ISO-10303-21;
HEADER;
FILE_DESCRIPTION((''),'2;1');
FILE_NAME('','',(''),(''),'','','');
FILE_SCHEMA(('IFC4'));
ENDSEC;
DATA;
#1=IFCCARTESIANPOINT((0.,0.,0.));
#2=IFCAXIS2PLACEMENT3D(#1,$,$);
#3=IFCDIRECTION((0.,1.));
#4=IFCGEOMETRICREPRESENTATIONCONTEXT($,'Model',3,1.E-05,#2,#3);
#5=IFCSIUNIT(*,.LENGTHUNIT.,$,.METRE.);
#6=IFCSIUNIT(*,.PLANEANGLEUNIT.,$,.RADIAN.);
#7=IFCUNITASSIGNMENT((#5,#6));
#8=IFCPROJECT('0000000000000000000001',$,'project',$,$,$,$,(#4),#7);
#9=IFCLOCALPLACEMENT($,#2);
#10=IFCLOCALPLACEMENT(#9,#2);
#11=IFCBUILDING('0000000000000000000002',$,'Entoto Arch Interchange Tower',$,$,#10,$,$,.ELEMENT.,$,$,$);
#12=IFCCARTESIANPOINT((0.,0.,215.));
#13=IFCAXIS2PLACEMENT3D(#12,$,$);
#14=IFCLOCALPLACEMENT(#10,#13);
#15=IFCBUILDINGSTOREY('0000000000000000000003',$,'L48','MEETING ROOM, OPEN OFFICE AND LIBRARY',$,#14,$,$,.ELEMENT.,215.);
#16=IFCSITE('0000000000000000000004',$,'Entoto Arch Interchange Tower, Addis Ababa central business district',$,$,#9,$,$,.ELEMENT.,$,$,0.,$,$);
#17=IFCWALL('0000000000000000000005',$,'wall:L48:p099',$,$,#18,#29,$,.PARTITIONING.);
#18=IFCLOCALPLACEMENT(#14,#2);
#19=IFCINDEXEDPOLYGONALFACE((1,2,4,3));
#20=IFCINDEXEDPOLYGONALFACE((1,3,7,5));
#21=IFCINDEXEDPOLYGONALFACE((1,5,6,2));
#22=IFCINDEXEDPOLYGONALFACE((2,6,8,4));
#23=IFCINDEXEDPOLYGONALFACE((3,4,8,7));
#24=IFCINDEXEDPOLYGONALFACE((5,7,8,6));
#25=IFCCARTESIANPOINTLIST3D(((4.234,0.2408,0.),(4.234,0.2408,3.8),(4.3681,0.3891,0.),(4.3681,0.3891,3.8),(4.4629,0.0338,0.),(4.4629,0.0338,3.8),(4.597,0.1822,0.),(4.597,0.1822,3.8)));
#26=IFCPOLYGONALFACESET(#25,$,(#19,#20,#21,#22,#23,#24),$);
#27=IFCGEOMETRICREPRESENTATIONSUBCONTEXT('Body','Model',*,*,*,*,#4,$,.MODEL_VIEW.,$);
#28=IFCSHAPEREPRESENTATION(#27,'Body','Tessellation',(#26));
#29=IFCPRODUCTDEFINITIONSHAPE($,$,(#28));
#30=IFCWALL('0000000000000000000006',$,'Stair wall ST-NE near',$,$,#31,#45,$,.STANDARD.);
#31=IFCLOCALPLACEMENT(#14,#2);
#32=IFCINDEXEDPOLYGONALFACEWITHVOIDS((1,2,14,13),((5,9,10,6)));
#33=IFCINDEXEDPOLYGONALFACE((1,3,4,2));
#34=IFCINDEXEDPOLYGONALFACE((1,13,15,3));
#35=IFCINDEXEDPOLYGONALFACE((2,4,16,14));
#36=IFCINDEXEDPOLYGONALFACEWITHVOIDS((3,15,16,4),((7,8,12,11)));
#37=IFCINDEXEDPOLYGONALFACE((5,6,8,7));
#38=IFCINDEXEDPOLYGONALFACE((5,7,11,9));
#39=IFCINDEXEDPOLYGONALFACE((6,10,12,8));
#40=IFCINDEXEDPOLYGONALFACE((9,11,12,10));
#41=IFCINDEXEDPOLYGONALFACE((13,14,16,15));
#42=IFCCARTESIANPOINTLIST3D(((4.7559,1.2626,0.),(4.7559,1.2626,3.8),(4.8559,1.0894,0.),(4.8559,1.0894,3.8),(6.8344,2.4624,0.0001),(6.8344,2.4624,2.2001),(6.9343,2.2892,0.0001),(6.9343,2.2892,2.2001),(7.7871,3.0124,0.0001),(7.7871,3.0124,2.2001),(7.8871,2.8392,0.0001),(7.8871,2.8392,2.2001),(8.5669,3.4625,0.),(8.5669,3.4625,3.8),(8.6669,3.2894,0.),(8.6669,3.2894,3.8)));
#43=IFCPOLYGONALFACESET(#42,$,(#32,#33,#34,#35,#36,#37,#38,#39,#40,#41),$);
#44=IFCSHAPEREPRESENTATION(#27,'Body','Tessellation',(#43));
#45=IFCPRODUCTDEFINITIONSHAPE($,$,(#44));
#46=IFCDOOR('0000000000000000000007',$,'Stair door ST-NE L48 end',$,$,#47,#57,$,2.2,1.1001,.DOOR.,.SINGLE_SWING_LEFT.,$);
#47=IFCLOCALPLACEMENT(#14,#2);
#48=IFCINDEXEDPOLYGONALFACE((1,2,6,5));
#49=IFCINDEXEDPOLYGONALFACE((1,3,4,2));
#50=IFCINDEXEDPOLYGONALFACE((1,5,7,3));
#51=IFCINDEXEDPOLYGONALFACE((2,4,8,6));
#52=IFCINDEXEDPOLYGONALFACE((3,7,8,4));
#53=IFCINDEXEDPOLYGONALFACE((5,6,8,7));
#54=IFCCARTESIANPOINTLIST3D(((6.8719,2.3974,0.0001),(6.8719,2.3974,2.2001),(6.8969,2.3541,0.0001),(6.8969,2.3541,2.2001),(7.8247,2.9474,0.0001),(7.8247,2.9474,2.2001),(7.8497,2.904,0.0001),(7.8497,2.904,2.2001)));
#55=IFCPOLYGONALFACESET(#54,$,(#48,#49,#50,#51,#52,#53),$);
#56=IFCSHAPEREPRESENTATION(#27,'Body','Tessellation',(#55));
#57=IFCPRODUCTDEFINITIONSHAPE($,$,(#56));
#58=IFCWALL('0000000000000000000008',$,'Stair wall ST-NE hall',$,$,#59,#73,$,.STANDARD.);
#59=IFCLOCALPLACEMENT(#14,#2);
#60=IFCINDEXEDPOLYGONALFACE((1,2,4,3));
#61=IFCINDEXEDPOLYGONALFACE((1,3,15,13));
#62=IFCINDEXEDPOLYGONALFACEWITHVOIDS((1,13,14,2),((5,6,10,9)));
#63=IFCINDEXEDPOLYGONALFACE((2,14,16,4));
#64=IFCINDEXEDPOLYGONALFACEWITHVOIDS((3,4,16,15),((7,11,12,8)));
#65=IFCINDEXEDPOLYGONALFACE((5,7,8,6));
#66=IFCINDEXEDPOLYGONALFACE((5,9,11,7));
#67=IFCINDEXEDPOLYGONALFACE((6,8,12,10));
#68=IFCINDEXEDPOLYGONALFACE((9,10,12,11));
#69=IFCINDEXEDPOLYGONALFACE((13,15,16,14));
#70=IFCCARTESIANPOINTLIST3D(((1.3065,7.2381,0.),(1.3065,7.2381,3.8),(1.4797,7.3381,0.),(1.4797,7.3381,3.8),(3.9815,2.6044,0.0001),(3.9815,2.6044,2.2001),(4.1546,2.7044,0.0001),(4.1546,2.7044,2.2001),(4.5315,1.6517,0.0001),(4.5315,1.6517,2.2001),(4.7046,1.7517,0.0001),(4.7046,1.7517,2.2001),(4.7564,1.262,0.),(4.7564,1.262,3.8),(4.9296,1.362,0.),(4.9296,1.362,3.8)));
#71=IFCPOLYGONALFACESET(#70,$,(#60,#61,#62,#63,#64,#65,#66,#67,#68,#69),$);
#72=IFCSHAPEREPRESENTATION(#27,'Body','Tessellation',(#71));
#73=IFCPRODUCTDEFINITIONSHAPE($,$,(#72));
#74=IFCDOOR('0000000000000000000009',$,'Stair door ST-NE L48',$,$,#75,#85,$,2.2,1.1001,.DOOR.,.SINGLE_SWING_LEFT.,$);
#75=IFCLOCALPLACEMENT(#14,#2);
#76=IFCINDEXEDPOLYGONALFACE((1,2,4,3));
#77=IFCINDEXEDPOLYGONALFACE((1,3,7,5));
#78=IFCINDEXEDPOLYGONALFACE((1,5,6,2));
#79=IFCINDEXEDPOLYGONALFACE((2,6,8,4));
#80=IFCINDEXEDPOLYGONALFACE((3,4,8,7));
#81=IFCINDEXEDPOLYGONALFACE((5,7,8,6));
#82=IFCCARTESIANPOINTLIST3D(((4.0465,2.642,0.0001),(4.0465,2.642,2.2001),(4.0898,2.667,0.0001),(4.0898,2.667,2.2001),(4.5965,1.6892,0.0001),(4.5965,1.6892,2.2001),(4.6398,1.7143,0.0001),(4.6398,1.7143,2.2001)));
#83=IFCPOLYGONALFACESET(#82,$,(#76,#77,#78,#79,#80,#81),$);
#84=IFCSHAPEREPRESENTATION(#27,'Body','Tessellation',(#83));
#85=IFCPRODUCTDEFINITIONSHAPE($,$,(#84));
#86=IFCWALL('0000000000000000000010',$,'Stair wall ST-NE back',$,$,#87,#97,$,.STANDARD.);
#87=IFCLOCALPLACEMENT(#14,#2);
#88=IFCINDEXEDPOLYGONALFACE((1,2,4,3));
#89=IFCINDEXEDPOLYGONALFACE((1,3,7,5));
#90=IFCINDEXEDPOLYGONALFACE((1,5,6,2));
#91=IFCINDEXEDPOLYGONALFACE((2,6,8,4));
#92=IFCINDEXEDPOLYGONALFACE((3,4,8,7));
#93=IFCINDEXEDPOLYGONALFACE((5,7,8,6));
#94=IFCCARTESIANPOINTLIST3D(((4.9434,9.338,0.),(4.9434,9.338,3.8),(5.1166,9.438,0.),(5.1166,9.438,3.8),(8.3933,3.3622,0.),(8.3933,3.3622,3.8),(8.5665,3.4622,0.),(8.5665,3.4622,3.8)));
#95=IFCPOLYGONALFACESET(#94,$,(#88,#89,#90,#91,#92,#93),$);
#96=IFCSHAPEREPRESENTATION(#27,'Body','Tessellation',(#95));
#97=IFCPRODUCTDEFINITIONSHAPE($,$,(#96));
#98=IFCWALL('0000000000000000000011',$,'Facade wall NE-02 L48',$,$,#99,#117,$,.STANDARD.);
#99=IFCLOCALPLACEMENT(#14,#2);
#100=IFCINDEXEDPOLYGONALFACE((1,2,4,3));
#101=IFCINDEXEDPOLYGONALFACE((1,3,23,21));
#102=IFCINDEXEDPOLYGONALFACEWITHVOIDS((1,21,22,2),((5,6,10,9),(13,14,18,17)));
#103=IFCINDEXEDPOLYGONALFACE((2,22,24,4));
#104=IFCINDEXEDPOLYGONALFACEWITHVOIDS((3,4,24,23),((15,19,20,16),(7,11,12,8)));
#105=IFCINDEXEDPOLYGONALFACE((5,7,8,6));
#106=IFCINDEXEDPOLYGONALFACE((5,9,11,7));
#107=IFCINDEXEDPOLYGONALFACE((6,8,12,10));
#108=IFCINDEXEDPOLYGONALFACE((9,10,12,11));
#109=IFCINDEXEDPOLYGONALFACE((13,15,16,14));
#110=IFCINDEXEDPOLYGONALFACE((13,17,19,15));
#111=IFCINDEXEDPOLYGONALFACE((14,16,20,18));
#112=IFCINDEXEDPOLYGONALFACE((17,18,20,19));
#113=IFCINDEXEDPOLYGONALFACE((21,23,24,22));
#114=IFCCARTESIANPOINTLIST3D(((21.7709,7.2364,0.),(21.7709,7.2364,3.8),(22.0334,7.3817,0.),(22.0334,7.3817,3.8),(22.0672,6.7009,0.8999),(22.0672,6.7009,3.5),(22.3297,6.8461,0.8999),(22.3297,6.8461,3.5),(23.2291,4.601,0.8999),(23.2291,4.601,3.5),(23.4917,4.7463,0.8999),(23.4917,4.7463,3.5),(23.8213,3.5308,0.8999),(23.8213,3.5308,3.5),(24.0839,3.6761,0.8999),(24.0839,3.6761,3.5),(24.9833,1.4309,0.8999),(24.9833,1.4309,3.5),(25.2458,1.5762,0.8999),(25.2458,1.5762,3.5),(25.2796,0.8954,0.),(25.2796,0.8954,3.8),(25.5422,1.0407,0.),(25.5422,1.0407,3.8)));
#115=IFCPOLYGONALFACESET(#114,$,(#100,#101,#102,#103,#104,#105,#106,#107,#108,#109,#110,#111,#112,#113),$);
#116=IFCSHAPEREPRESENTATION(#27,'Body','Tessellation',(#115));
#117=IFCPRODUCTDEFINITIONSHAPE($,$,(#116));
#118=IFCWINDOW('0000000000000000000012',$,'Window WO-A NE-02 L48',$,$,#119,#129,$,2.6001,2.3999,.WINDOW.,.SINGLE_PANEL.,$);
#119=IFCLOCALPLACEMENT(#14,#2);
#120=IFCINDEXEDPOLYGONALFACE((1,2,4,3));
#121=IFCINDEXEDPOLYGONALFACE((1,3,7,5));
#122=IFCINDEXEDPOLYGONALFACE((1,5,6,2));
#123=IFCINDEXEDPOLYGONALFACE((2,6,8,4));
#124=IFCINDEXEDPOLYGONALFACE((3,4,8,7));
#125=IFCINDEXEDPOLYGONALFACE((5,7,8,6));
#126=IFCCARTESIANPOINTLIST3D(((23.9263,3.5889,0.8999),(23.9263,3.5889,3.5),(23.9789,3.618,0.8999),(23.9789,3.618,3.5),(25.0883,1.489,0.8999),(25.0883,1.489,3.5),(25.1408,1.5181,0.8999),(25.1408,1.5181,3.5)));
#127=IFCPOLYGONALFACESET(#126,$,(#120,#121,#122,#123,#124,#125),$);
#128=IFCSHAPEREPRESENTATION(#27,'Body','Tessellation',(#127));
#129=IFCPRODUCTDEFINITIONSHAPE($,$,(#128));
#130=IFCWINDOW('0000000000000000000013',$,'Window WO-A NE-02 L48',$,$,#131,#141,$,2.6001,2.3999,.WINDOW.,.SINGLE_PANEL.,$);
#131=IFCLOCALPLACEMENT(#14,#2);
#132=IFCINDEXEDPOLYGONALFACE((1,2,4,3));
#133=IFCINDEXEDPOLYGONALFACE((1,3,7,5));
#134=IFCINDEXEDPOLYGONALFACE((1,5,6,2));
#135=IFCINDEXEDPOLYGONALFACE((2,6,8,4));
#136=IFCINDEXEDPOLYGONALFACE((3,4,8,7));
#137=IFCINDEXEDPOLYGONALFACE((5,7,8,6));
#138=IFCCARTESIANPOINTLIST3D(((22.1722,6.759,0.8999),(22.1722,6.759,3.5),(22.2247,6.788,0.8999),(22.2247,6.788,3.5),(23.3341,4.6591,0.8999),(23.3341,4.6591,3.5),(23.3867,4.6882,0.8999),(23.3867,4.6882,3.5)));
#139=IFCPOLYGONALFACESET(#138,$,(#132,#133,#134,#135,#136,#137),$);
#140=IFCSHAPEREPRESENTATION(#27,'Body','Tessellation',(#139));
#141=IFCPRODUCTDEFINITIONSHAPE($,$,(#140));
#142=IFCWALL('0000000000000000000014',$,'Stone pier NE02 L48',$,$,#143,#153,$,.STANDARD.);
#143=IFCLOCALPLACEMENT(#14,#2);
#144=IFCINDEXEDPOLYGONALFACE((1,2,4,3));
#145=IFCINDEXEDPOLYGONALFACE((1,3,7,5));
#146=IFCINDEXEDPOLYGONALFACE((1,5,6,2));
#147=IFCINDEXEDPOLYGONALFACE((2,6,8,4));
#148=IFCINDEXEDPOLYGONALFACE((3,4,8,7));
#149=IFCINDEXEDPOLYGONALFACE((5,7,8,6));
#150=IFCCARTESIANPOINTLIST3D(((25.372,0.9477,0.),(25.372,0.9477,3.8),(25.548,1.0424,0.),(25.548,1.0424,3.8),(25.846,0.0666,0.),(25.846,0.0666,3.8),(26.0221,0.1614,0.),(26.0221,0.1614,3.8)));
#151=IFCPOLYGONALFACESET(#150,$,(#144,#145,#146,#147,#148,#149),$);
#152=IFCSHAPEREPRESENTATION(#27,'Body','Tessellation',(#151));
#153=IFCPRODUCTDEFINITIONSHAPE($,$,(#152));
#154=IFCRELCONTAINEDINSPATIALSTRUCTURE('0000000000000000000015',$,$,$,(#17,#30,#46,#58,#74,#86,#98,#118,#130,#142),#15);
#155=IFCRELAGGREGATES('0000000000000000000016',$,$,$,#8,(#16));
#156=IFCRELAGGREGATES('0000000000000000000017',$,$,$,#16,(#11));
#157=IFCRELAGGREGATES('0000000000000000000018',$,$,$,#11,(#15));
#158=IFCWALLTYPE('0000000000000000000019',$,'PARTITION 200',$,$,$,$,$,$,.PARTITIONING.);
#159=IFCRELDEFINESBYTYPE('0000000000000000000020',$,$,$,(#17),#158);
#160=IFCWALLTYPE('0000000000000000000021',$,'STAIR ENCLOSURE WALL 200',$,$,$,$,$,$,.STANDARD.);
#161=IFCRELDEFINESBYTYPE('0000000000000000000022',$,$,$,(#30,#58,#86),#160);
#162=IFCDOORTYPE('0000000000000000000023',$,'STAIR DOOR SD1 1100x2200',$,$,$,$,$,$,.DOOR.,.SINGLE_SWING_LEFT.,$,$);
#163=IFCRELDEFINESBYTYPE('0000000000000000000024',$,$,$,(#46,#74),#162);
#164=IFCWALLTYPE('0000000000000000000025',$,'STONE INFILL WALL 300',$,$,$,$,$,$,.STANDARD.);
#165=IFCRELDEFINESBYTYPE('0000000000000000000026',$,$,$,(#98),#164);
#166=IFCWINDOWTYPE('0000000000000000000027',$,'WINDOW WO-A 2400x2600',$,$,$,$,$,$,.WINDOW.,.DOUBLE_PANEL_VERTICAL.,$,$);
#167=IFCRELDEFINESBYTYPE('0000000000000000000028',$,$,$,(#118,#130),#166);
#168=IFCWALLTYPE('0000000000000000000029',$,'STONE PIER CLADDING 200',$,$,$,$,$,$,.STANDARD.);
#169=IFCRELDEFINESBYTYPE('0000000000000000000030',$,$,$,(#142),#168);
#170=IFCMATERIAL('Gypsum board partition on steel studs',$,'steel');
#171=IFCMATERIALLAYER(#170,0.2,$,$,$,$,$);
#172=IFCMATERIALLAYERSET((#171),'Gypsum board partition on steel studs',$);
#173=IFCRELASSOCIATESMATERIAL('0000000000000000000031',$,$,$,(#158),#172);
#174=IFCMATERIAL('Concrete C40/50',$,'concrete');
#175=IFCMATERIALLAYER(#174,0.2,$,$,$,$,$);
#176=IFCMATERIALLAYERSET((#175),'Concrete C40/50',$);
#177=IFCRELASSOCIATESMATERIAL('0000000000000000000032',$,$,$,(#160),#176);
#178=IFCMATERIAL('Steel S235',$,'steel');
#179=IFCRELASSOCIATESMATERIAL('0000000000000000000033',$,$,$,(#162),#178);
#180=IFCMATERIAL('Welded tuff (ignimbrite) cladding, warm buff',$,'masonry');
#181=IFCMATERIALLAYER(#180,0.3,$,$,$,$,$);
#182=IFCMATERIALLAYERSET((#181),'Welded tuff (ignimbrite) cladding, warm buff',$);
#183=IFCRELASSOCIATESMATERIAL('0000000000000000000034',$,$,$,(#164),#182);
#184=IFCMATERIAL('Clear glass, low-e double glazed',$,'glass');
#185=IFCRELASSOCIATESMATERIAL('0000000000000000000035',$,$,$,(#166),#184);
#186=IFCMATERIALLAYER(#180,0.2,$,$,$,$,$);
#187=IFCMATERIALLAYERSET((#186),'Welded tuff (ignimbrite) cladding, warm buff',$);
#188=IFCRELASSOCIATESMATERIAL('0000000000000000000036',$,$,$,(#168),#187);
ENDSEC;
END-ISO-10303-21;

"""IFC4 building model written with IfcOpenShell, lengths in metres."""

from ifc_helpers import new_model, si_unit, direction, frame, frame_2d, origin, place, context, subcontext, project, spatial, rectangle, extrude, material, layer, layer_set, type_object, element, fill, save


model = new_model("IFC4")

# Units and contexts
model_context = context("Model", 3, precision=1e-05, world=origin(), true_north=direction((0.0, 1.0)))
body_context = subcontext(model_context, "Body", "Model", "MODEL_VIEW")
ifc_project = project(units=[si_unit("LENGTHUNIT", "METRE"), si_unit("PLANEANGLEUNIT", "RADIAN")], contexts=[model_context])

# Site, building, storey
site_placement = place(None, origin())
site = spatial("IfcSite", under=ifc_project, at=site_placement, Name="Entoto Arch Interchange Tower, Addis Ababa central business district", CompositionType="ELEMENT", RefElevation=0.0)
building_placement = place(site_placement, origin())
building = spatial("IfcBuilding", under=site, at=building_placement, Name="Entoto Arch Interchange Tower", CompositionType="ELEMENT")
storey_placement = place(building_placement, frame((0.0, 0.0, 215.0)))
storey = spatial("IfcBuildingStorey", under=building, at=storey_placement, Name="L48", Description="MEETING ROOM, OPEN OFFICE AND LIBRARY", CompositionType="ELEMENT", Elevation=215.0)

# Shared definitions
ifc_material_1 = material(Name="Concrete C40/50", Category="concrete")
ifc_material_2 = material(Name="Gypsum board partition on steel studs", Category="steel")

# Shared definitions
ifc_layer_1 = layer(ifc_material_2, 0.2)
ifc_layer_set_1 = layer_set([ifc_layer_1], Name="Gypsum board partition on steel studs")
wall_type_1 = type_object("IfcWallType", Name="PARTITION 200", PredefinedType="PARTITIONING", material=ifc_layer_set_1)

# Wall
wall_1_placement = place(storey_placement, frame((4.301, 0.3149, 0.0), z_axis=(0.0, 0.0, 1.0), x_axis=(0.741798, -0.670623, 0.0)))
element("IfcWall", 1, at=wall_1_placement, inside=storey, type_object=wall_type_1, Name="wall:L48:p099", PredefinedType="PARTITIONING", context=body_context, shape_type="SweptSolid", body=[
    extrude(rectangle(XDim=0.3086, YDim=0.2, at=frame_2d((0.1543, 0.0))), origin(), (0.0, 0.0, 1.0), 3.8),
])

# Walls, openings, doors
ifc_layer_2 = layer(ifc_material_1, 0.2)
ifc_layer_set_2 = layer_set([ifc_layer_2], Name="Concrete C40/50")
wall_type_2 = type_object("IfcWallType", Name="STAIR ENCLOSURE WALL 200", PredefinedType="STANDARD", material=ifc_layer_set_2)
wall_2_placement = place(storey_placement, frame((4.8059, 1.176, 0.0), z_axis=(0.0, 0.0, 1.0), x_axis=(0.86606, 0.49994, 0.0)))
wall_2 = element("IfcWall", 2, at=wall_2_placement, inside=storey, type_object=wall_type_2, Name="Stair wall ST-NE near", PredefinedType="STANDARD", context=body_context, shape_type="SweptSolid", body=[
    extrude(rectangle(XDim=4.4004, YDim=0.2, at=frame_2d((2.2002, 0.0))), origin(), (0.0, 0.0, 1.0), 3.8),
])
opening_1_placement = place(wall_2_placement, frame((2.3999, 0.0, 0.0)))
opening_1 = element("IfcOpeningElement", 3, at=opening_1_placement, cuts=wall_2, PredefinedType="OPENING", context=body_context, shape_type="SweptSolid", body=[
    extrude(rectangle(XDim=1.1001, YDim=2.2, at=frame_2d((0.55, 1.1001))), frame((0.0, 0.1099, 0.0), z_axis=(0.0, -1.0, 0.0), x_axis=(1.0, 0.0, 0.0)), (0.0, 0.0, 1.0), 0.22),
])
ifc_material_3 = material(Name="Steel S235", Category="steel")
door_type_1 = type_object("IfcDoorType", Name="STAIR DOOR SD1 1100x2200", OperationType="SINGLE_SWING_LEFT", PredefinedType="DOOR", material=ifc_material_3)
door_1_placement = place(opening_1_placement, origin())
door_1 = element("IfcDoor", 4, at=door_1_placement, inside=storey, type_object=door_type_1, Name="Stair door ST-NE L48 end", OperationType="SINGLE_SWING_LEFT", OverallHeight=2.2, OverallWidth=1.1001, PredefinedType="DOOR", context=body_context, shape_type="SweptSolid", body=[
    extrude(rectangle(XDim=1.1001, YDim=2.2, at=frame_2d((0.55, 1.1001))), frame((0.0, 0.0249, 0.0), z_axis=(0.0, -1.0, 0.0), x_axis=(1.0, 0.0, 0.0)), (0.0, 0.0, 1.0), 0.05),
])
fill(opening_1, door_1)
wall_3_placement = place(storey_placement, frame((4.843, 1.312, 0.0), z_axis=(0.0, 0.0, 1.0), x_axis=(-0.499963, 0.866047, 0.0)))
wall_3 = element("IfcWall", 5, at=wall_3_placement, inside=storey, type_object=wall_type_2, Name="Stair wall ST-NE hall", PredefinedType="STANDARD", context=body_context, shape_type="SweptSolid", body=[
    extrude(rectangle(XDim=6.9004, YDim=0.2, at=frame_2d((3.4502, 0.0))), origin(), (0.0, 0.0, 1.0), 3.8),
])
opening_2_placement = place(wall_3_placement, frame((0.45, 0.0, 0.0)))
opening_2 = element("IfcOpeningElement", 6, at=opening_2_placement, cuts=wall_3, PredefinedType="OPENING", context=body_context, shape_type="SweptSolid", body=[
    extrude(rectangle(XDim=1.1001, YDim=2.2, at=frame_2d((0.55, 1.1001))), frame((0.0, 0.1099, 0.0), z_axis=(0.0, -1.0, 0.0), x_axis=(1.0, 0.0, 0.0)), (0.0, 0.0, 1.0), 0.22),
])
door_2_placement = place(opening_2_placement, origin())
door_2 = element("IfcDoor", 7, at=door_2_placement, inside=storey, type_object=door_type_1, Name="Stair door ST-NE L48", OperationType="SINGLE_SWING_LEFT", OverallHeight=2.2, OverallWidth=1.1001, PredefinedType="DOOR", context=body_context, shape_type="SweptSolid", body=[
    extrude(rectangle(XDim=1.1001, YDim=2.2, at=frame_2d((0.55, 1.1001))), frame((0.0, 0.0249, 0.0), z_axis=(0.0, -1.0, 0.0), x_axis=(1.0, 0.0, 0.0)), (0.0, 0.0, 1.0), 0.05),
])
fill(opening_2, door_2)

# Wall
wall_4_placement = place(storey_placement, frame((8.48, 3.4121, 0.0), z_axis=(0.0, 0.0, 1.0), x_axis=(-0.499979, 0.866038, 0.0)))
element("IfcWall", 8, at=wall_4_placement, inside=storey, type_object=wall_type_2, Name="Stair wall ST-NE back", PredefinedType="STANDARD", context=body_context, shape_type="SweptSolid", body=[
    extrude(rectangle(XDim=6.9001, YDim=0.2, at=frame_2d((3.4502, 0.0))), origin(), (0.0, 0.0, 1.0), 3.8),
])

# Wall, openings, windows
ifc_material_4 = material(Name="Welded tuff (ignimbrite) cladding, warm buff", Category="masonry")
ifc_layer_3 = layer(ifc_material_4, 0.3)
ifc_layer_set_3 = layer_set([ifc_layer_3], Name="Welded tuff (ignimbrite) cladding, warm buff")
wall_type_3 = type_object("IfcWallType", Name="STONE INFILL WALL 300", PredefinedType="STANDARD", material=ifc_layer_set_3)
wall_5_placement = place(storey_placement, frame((25.4109, 0.968, 0.0), z_axis=(0.0, 0.0, 1.0), x_axis=(-0.484163, 0.874978, 0.0)))
wall_5 = element("IfcWall", 9, at=wall_5_placement, inside=storey, type_object=wall_type_3, Name="Facade wall NE-02 L48", PredefinedType="STANDARD", context=body_context, shape_type="SweptSolid", body=[
    extrude(rectangle(XDim=7.2471, YDim=0.3, at=frame_2d((3.6235, 0.0))), origin(), (0.0, 0.0, 1.0), 3.8),
])
opening_3_placement = place(wall_5_placement, frame((0.6121, 0.0, 0.8999)))
opening_3 = element("IfcOpeningElement", 10, at=opening_3_placement, cuts=wall_5, PredefinedType="OPENING", context=body_context, shape_type="SweptSolid", body=[
    extrude(rectangle(XDim=2.3999, YDim=2.6001, at=frame_2d((1.2, 1.3))), frame((0.0, 0.1602, 0.0), z_axis=(0.0, -1.0, 0.0), x_axis=(1.0, 0.0, 0.0)), (0.0, 0.0, 1.0), 0.3201),
])
opening_4_placement = place(wall_5_placement, frame((4.2351, 0.0, 0.8999)))
opening_4 = element("IfcOpeningElement", 11, at=opening_4_placement, cuts=wall_5, PredefinedType="OPENING", context=body_context, shape_type="SweptSolid", body=[
    extrude(rectangle(XDim=2.3999, YDim=2.6001, at=frame_2d((1.2, 1.3))), frame((0.0, 0.1602, 0.0), z_axis=(0.0, -1.0, 0.0), x_axis=(1.0, 0.0, 0.0)), (0.0, 0.0, 1.0), 0.3201),
])
ifc_material_5 = material(Name="Clear glass, low-e double glazed", Category="glass")
window_type = type_object("IfcWindowType", Name="WINDOW WO-A 2400x2600", PartitioningType="DOUBLE_PANEL_VERTICAL", PredefinedType="WINDOW", material=ifc_material_5)
window_1_placement = place(opening_3_placement, origin())
window_1 = element("IfcWindow", 12, at=window_1_placement, inside=storey, type_object=window_type, Name="Window WO-A NE-02 L48", OverallHeight=2.6001, OverallWidth=2.3999, PartitioningType="SINGLE_PANEL", PredefinedType="WINDOW", context=body_context, shape_type="SweptSolid", body=[
    extrude(rectangle(XDim=2.3999, YDim=2.6001, at=frame_2d((1.2, 1.3))), frame((0.0, 0.03, 0.0), z_axis=(0.0, -1.0, 0.0), x_axis=(1.0, 0.0, 0.0)), (0.0, 0.0, 1.0), 0.0601),
])
fill(opening_3, window_1)
window_2_placement = place(opening_4_placement, origin())
window_2 = element("IfcWindow", 13, at=window_2_placement, inside=storey, type_object=window_type, Name="Window WO-A NE-02 L48", OverallHeight=2.6001, OverallWidth=2.3999, PartitioningType="SINGLE_PANEL", PredefinedType="WINDOW", context=body_context, shape_type="SweptSolid", body=[
    extrude(rectangle(XDim=2.3999, YDim=2.6001, at=frame_2d((1.2, 1.3))), frame((0.0, 0.03, 0.0), z_axis=(0.0, -1.0, 0.0), x_axis=(1.0, 0.0, 0.0)), (0.0, 0.0, 1.0), 0.0601),
])
fill(opening_4, window_2)

# Wall
ifc_layer_4 = layer(ifc_material_4, 0.2)
ifc_layer_set_4 = layer_set([ifc_layer_4], Name="Welded tuff (ignimbrite) cladding, warm buff")
wall_type_4 = type_object("IfcWallType", Name="STONE PIER CLADDING 200", PredefinedType="STANDARD", material=ifc_layer_set_4)
wall_6_placement = place(storey_placement, frame((25.9341, 0.114, 0.0), z_axis=(0.0, 0.0, 1.0), x_axis=(-0.473852, 0.880604, 0.0)))
element("IfcWall", 14, at=wall_6_placement, inside=storey, type_object=wall_type_4, Name="Stone pier NE02 L48", PredefinedType="STANDARD", context=body_context, shape_type="SweptSolid", body=[
    extrude(rectangle(XDim=1.0005, YDim=0.2, at=frame_2d((0.5002, 0.0))), origin(), (0.0, 0.0, 1.0), 3.8),
])

save(model, "model.ifc")
